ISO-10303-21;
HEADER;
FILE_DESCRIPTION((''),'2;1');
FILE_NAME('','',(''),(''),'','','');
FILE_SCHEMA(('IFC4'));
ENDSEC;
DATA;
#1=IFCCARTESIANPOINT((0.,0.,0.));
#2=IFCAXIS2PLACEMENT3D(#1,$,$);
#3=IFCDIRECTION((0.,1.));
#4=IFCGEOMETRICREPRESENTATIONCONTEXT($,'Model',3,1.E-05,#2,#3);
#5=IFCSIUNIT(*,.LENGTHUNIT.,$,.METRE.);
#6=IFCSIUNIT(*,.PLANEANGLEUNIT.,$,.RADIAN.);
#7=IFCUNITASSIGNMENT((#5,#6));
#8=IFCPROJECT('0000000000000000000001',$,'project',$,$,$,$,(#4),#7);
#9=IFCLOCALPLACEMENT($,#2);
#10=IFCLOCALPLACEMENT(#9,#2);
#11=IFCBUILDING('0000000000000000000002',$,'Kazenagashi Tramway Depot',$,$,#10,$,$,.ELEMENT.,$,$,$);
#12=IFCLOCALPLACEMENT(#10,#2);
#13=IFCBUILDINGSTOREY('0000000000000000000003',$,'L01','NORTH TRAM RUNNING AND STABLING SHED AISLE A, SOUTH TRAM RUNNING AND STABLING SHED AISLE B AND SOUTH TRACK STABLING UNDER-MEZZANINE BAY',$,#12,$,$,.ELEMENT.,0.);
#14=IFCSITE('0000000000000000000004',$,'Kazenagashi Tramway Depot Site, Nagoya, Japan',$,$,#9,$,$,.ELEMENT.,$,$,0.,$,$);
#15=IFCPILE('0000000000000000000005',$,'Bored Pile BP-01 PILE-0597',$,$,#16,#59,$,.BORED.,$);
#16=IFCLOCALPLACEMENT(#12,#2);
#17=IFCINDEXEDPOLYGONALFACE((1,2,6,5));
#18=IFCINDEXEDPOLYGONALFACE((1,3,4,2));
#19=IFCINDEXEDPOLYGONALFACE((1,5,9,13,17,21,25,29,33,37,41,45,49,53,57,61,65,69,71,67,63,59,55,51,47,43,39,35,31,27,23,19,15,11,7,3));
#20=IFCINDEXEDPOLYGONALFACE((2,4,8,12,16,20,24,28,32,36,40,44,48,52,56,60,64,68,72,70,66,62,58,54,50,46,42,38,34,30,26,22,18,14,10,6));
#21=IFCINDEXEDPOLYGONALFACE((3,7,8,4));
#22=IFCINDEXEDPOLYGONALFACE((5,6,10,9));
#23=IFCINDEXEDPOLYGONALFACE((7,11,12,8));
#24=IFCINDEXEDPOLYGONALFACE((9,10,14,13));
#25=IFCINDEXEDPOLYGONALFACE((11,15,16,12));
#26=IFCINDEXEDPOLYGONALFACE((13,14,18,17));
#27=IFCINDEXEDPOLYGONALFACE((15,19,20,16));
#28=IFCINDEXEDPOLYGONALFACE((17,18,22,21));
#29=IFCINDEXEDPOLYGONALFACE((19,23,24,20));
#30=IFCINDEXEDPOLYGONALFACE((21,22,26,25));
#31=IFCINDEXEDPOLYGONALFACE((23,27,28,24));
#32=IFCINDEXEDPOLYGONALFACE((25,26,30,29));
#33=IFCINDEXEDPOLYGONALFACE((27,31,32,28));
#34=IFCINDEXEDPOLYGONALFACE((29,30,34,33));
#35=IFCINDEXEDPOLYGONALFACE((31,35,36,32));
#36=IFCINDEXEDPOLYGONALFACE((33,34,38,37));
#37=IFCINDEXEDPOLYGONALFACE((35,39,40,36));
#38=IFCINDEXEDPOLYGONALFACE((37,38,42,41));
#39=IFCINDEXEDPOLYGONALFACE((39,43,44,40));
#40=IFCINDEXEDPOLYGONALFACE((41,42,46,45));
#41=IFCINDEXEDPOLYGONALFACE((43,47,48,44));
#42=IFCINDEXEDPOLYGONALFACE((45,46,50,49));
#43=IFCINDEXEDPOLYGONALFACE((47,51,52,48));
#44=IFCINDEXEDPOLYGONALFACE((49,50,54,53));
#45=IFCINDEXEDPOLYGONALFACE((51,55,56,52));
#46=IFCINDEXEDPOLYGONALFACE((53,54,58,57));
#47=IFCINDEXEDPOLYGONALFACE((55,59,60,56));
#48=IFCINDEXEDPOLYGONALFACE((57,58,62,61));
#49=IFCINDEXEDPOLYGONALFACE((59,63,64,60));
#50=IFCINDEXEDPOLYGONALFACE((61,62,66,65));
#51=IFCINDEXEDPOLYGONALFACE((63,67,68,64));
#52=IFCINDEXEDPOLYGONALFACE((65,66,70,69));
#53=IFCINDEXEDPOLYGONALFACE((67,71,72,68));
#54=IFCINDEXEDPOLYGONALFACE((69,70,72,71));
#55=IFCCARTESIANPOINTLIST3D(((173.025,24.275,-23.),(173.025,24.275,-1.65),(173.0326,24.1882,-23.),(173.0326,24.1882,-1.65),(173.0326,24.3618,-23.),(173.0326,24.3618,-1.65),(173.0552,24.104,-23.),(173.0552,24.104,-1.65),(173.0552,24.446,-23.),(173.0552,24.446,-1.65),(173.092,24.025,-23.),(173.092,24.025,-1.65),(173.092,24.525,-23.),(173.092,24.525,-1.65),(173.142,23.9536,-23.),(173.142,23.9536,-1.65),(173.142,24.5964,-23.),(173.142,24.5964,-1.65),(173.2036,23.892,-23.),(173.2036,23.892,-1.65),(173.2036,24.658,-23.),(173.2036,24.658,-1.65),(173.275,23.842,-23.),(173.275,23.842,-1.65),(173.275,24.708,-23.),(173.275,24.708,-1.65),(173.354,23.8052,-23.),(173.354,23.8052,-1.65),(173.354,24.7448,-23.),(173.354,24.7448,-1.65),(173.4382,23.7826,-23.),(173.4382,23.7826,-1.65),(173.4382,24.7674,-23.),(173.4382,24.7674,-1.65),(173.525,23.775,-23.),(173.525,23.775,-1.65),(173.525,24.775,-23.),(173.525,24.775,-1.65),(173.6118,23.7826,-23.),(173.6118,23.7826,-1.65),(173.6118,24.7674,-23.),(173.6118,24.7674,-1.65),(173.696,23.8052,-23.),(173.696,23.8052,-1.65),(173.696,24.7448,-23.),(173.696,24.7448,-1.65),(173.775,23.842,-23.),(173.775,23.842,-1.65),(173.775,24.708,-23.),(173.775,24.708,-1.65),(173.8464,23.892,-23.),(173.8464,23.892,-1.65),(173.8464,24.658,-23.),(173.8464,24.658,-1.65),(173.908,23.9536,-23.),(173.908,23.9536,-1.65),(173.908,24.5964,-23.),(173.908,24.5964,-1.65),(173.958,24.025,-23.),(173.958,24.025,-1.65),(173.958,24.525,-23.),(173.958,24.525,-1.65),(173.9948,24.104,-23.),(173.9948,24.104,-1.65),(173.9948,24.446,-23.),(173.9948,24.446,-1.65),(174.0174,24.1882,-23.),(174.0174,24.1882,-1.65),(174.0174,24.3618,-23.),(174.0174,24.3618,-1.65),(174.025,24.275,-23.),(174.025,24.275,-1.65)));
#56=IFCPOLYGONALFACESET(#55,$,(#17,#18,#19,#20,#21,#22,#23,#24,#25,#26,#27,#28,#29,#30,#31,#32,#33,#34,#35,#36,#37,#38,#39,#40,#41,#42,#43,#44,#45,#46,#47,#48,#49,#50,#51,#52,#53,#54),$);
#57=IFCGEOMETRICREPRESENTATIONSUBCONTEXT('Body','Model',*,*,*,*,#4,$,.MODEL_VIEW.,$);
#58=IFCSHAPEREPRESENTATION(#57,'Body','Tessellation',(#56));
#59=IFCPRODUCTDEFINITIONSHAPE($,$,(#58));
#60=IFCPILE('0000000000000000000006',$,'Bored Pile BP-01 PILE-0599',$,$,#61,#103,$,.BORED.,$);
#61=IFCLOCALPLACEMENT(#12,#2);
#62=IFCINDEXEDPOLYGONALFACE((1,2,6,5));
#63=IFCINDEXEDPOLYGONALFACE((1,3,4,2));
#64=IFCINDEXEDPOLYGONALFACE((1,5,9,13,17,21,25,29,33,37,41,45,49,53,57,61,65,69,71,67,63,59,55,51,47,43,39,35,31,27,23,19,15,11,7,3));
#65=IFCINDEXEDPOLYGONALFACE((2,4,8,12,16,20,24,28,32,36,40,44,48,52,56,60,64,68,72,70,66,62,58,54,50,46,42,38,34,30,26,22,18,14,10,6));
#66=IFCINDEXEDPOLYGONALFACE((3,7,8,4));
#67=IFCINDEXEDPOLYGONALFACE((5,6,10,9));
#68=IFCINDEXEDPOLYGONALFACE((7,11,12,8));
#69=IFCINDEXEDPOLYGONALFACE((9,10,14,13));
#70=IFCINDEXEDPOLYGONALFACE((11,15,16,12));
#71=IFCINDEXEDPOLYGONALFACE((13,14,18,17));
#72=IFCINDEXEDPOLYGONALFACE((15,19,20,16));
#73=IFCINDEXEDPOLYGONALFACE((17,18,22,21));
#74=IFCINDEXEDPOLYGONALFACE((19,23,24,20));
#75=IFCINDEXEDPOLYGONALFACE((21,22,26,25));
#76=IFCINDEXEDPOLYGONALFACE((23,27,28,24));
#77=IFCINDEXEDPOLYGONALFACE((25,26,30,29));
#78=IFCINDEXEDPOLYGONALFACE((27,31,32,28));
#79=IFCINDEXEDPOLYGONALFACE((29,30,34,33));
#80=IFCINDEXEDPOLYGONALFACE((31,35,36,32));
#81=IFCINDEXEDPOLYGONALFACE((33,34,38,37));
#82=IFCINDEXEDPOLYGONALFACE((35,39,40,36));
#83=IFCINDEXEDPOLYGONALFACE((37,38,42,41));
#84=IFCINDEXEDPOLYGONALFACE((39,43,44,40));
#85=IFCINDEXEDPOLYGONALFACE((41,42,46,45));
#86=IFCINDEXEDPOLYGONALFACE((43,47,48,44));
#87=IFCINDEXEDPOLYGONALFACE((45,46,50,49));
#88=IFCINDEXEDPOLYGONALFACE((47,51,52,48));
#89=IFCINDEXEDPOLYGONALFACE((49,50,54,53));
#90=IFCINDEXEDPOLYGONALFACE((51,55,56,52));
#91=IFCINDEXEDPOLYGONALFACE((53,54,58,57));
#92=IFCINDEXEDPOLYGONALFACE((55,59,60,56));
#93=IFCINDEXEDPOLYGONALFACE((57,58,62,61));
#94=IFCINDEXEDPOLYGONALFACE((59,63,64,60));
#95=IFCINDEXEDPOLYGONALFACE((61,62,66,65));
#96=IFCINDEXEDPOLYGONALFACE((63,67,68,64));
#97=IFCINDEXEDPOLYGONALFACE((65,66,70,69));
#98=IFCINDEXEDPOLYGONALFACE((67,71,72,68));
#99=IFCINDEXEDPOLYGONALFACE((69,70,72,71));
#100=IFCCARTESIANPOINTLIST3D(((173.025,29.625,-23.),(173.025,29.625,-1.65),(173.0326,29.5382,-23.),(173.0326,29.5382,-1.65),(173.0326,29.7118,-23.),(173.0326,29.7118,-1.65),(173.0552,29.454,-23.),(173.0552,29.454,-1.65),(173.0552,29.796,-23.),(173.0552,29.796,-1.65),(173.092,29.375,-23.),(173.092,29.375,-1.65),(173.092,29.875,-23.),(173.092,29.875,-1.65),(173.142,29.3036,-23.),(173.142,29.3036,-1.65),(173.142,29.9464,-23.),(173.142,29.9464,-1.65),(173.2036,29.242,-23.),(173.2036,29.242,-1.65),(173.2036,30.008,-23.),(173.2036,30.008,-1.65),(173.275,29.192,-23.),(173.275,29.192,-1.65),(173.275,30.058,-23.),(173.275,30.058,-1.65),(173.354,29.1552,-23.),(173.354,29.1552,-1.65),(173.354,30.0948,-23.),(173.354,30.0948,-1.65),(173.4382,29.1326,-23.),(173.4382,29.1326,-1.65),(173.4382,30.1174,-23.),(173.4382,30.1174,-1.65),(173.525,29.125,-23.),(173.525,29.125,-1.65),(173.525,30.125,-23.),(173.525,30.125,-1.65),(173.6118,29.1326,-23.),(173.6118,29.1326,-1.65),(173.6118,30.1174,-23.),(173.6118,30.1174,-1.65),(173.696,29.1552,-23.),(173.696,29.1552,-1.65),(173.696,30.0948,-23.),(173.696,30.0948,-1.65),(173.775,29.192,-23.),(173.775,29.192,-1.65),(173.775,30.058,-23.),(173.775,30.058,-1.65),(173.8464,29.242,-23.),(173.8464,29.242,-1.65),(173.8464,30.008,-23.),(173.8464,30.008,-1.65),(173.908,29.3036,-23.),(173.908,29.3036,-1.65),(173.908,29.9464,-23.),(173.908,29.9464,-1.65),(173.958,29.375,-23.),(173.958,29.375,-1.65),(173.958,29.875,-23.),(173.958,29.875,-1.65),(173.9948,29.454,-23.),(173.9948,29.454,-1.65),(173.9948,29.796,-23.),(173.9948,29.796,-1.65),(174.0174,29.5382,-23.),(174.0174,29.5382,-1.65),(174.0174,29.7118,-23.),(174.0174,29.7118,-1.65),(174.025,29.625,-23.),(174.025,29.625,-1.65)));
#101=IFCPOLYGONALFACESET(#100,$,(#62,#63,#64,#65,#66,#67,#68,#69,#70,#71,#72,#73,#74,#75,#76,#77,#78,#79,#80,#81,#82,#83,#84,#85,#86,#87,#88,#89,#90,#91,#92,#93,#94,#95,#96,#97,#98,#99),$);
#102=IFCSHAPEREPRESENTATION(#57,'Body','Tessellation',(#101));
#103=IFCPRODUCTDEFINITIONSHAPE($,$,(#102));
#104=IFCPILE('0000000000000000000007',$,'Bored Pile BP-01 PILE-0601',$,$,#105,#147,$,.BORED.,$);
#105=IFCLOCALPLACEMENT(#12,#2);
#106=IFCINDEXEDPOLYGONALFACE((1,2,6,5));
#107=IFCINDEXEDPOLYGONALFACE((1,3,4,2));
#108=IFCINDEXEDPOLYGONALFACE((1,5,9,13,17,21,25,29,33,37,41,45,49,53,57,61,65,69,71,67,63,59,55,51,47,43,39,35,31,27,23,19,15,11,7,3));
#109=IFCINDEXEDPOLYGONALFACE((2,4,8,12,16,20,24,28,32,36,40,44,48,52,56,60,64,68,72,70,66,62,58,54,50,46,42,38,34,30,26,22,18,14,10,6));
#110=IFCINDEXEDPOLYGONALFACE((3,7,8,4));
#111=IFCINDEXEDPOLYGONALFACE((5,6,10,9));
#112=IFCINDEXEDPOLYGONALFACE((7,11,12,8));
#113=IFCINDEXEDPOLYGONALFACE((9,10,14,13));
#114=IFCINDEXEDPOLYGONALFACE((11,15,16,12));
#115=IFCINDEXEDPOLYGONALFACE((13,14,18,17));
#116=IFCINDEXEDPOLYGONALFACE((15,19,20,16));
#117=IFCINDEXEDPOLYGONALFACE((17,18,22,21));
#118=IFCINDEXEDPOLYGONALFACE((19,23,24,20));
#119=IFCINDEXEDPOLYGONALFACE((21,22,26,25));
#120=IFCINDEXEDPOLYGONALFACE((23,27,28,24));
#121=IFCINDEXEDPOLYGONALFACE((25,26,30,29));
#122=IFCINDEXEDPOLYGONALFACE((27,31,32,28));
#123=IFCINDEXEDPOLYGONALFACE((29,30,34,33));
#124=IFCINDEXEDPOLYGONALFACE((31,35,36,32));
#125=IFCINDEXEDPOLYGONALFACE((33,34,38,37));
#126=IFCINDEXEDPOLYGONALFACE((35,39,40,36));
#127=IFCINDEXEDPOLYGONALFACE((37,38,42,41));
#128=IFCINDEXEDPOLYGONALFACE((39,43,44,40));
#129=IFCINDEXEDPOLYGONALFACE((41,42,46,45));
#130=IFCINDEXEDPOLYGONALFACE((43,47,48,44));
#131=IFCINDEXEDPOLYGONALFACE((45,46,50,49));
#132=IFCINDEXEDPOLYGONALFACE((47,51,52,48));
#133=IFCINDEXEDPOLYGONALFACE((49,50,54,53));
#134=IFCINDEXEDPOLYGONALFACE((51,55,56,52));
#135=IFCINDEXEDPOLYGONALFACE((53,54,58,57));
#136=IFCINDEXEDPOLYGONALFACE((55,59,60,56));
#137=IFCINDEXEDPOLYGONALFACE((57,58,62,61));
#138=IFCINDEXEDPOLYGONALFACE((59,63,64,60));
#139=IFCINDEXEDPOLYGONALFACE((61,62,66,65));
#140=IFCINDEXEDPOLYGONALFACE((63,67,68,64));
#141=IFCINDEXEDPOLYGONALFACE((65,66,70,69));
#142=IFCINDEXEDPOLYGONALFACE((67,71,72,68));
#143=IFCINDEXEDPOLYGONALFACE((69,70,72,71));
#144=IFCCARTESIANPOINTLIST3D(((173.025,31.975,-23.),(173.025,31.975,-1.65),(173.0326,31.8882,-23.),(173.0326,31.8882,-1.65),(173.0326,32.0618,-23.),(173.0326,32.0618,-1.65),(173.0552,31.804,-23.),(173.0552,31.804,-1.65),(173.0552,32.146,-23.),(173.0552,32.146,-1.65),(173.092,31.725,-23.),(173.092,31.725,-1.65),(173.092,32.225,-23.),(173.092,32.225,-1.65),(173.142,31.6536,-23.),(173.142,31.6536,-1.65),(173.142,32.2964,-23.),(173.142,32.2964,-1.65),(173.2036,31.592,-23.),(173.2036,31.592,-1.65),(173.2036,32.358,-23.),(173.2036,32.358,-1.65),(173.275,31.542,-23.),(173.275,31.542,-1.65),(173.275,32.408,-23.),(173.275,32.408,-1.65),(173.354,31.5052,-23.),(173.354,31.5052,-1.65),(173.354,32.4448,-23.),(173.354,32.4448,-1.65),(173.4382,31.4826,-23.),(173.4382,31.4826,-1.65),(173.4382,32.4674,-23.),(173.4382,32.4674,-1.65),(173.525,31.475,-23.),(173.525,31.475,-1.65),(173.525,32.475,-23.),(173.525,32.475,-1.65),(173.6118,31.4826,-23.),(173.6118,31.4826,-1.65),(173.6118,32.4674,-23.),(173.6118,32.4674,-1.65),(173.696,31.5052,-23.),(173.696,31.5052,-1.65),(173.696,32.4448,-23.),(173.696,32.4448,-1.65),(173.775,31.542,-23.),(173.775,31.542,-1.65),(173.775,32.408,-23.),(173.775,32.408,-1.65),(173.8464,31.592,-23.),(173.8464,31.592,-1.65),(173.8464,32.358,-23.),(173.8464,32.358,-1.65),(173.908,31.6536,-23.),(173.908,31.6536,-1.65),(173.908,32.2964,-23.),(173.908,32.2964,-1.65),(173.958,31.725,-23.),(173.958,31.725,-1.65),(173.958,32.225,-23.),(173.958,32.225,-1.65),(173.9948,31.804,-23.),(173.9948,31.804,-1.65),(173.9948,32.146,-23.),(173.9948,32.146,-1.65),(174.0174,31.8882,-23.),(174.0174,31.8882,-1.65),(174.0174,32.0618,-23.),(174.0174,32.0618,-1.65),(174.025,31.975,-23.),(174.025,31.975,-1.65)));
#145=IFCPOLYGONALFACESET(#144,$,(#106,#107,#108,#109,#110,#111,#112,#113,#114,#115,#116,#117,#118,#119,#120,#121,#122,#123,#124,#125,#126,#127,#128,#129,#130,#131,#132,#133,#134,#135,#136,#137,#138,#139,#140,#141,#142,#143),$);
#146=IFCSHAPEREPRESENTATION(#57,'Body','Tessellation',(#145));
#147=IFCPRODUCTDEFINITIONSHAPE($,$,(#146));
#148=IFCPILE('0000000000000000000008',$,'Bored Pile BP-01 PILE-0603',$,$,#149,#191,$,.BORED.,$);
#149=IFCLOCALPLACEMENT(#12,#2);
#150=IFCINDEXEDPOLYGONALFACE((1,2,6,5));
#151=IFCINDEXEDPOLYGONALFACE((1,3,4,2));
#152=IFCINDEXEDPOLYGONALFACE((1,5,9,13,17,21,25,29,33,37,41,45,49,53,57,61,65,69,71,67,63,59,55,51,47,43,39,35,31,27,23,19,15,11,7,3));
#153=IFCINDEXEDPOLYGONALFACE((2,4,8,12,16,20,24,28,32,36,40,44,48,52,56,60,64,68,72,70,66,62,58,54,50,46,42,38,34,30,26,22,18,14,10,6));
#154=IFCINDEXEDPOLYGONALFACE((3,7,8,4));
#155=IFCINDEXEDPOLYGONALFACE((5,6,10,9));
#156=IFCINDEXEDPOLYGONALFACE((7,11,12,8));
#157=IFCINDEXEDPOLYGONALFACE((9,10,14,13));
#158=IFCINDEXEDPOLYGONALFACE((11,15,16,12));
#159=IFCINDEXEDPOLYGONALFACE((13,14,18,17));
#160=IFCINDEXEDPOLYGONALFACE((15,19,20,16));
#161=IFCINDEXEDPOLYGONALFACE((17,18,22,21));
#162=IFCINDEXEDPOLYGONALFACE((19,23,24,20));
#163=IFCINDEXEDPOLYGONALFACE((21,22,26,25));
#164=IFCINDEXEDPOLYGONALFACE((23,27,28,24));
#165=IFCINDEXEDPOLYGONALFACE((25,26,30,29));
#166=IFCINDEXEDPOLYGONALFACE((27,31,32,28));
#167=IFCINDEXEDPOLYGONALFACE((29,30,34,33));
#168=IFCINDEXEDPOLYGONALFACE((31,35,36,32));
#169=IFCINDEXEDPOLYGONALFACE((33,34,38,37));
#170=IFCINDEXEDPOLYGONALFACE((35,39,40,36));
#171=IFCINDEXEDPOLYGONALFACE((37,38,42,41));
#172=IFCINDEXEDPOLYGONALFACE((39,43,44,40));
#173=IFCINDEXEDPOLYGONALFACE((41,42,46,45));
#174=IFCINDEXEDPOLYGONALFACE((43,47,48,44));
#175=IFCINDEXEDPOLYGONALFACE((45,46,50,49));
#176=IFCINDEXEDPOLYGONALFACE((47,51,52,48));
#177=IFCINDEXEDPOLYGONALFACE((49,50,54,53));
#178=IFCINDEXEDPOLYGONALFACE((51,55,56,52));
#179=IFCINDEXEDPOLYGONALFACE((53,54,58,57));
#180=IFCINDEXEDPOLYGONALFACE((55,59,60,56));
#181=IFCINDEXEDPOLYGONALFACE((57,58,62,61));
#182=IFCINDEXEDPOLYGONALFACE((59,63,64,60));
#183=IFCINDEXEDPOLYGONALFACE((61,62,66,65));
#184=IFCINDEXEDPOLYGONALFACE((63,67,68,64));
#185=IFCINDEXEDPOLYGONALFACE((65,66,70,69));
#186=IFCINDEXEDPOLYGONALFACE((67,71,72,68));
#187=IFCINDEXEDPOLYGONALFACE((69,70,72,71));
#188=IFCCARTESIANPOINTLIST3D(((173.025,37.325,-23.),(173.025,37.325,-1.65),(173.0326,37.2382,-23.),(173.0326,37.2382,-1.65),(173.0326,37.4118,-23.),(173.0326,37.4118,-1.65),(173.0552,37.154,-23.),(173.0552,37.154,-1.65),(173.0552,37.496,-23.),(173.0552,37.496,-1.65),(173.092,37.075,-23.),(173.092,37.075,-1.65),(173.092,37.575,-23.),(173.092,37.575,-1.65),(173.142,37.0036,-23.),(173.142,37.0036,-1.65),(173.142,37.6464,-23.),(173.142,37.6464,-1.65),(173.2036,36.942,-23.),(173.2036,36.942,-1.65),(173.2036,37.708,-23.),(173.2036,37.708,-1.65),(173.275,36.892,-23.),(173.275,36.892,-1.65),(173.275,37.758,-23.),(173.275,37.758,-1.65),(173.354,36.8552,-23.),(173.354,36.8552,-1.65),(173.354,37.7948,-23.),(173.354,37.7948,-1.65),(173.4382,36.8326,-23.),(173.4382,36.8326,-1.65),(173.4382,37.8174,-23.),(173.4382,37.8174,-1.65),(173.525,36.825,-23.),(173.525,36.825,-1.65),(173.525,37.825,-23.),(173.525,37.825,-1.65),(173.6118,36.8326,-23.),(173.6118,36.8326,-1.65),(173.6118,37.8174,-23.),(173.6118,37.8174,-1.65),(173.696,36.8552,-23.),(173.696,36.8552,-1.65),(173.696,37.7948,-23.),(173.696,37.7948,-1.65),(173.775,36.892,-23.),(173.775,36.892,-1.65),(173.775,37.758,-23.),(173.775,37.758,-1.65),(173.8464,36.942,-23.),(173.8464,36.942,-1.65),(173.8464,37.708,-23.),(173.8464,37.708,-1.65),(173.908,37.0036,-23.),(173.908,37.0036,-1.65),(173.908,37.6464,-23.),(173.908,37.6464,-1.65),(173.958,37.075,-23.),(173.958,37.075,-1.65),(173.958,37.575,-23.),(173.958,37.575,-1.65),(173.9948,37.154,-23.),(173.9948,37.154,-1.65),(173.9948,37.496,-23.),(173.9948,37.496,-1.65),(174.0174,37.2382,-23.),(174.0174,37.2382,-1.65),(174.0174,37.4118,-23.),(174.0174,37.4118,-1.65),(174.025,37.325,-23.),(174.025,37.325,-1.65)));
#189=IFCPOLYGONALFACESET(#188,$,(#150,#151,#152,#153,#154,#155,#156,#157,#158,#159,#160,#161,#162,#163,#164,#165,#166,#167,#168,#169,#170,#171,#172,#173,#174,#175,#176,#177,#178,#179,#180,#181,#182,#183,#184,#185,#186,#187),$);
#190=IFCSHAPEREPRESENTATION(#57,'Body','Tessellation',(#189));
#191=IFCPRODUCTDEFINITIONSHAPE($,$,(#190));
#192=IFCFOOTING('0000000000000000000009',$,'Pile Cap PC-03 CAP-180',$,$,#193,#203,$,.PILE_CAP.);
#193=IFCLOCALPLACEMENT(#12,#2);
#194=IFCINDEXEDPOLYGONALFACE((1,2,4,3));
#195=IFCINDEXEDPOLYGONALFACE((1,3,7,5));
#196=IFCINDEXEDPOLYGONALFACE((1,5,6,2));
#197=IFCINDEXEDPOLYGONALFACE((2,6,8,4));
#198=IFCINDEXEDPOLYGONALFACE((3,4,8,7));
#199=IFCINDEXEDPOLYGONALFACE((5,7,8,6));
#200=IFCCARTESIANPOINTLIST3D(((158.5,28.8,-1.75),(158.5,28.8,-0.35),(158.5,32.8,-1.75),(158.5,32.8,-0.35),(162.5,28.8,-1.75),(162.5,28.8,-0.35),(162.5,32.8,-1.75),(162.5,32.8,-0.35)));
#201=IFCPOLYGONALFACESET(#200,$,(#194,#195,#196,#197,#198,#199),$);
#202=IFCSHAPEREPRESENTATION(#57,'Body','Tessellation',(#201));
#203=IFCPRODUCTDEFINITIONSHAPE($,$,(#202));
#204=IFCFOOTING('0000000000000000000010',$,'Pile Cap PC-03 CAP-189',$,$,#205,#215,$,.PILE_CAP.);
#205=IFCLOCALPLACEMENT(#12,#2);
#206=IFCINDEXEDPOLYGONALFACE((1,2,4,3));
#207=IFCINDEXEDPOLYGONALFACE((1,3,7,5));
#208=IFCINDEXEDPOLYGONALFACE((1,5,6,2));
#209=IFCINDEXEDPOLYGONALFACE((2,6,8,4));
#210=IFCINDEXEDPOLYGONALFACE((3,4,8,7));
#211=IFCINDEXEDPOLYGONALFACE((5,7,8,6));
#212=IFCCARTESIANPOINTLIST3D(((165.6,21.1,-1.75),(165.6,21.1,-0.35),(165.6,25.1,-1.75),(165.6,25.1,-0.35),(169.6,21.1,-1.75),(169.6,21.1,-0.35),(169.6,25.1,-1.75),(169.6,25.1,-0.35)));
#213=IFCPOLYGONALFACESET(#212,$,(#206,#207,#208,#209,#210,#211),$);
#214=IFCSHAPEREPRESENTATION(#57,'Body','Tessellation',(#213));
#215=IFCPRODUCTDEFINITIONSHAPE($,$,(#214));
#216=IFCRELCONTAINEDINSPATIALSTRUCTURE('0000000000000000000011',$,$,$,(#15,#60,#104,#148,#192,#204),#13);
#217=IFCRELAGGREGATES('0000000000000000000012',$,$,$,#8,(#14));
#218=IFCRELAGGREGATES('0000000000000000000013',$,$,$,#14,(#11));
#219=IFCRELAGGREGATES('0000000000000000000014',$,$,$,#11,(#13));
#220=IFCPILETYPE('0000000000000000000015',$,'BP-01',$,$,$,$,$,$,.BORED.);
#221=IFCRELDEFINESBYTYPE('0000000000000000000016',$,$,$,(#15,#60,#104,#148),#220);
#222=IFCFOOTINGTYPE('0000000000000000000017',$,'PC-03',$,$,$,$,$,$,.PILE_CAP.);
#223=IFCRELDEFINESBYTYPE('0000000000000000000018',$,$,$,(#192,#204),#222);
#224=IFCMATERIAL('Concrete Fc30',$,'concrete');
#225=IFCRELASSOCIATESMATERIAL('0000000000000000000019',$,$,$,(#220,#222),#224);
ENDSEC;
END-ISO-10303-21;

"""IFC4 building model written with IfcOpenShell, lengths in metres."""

from ifc_helpers import new_model, si_unit, direction, frame, origin, origin_2d, place, context, subcontext, project, spatial, rectangle, circle, extrude, material, material_profile, profile_set, type_object, element, save


model = new_model("IFC4")

# Units and contexts
model_context = context("Model", 3, precision=1e-05, world=origin(), true_north=direction((0.0, 1.0)))
body_context = subcontext(model_context, "Body", "Model", "MODEL_VIEW")
ifc_project = project(units=[si_unit("LENGTHUNIT", "METRE"), si_unit("PLANEANGLEUNIT", "RADIAN")], contexts=[model_context])

# Site, building, storey
site_placement = place(None, origin())
site = spatial("IfcSite", under=ifc_project, at=site_placement, Name="Kazenagashi Tramway Depot Site, Nagoya, Japan", CompositionType="ELEMENT", RefElevation=0.0)
building_placement = place(site_placement, origin())
building = spatial("IfcBuilding", under=site, at=building_placement, Name="Kazenagashi Tramway Depot", CompositionType="ELEMENT")
storey_placement = place(building_placement, origin())
storey = spatial("IfcBuildingStorey", under=building, at=storey_placement, Name="L01", Description="NORTH TRAM RUNNING AND STABLING SHED AISLE A, SOUTH TRAM RUNNING AND STABLING SHED AISLE B AND SOUTH TRACK STABLING UNDER-MEZZANINE BAY", CompositionType="ELEMENT", Elevation=0.0)

# Piles
ifc_material_1 = material(Name="Concrete Fc30", Category="concrete")
ifc_material_profile_1 = material_profile(ifc_material_1, circle(Radius=0.5, at=origin_2d()), Name="PILE-1000")
ifc_profile_set_1 = profile_set([ifc_material_profile_1], Name="Concrete Fc30")
pile_type = type_object("IfcPileType", Name="BP-01", PredefinedType="BORED", material=ifc_profile_set_1)
for number, where, z_axis, x_axis, name in (
    (1, (173.525, 24.275, -1.65), (0.0, 0.0, -1.0), (1.0, 0.0, 0.0), "Bored Pile BP-01 PILE-0597"),
    (2, (173.525, 29.625, -1.65), (0.0, 0.0, -1.0), (1.0, 0.0, 0.0), "Bored Pile BP-01 PILE-0599"),
    (3, (173.525, 31.975, -1.65), (0.0, 0.0, -1.0), (1.0, 0.0, 0.0), "Bored Pile BP-01 PILE-0601"),
    (4, (173.525, 37.325, -1.65), (0.0, 0.0, -1.0), (1.0, 0.0, 0.0), "Bored Pile BP-01 PILE-0603"),
):
    element("IfcPile", number, at=place(storey_placement, frame(where, z_axis=z_axis, x_axis=x_axis)), inside=storey, type_object=pile_type, Name=name, PredefinedType="BORED", context=body_context, shape_type="SweptSolid", body=[
        extrude(circle(Radius=0.5, at=origin_2d()), origin(), (0.0, 0.0, 1.0), 21.35),
    ])

# Footings
footing_type_1 = type_object("IfcFootingType", Name="PC-03", PredefinedType="PILE_CAP", material=ifc_material_1)
for number, where, z_axis, x_axis, name in (
    (5, (160.5, 30.8, -1.75), (0.0, 0.0, 1.0), (1.0, 0.0, 0.0), "Pile Cap PC-03 CAP-180"),
    (6, (167.6, 23.1, -1.75), (0.0, 0.0, 1.0), (1.0, 0.0, 0.0), "Pile Cap PC-03 CAP-189"),
):
    element("IfcFooting", number, at=place(storey_placement, frame(where, z_axis=z_axis, x_axis=x_axis)), inside=storey, type_object=footing_type_1, Name=name, PredefinedType="PILE_CAP", context=body_context, shape_type="SweptSolid", body=[
        extrude(rectangle(XDim=4.0, YDim=4.0, at=origin_2d()), origin(), (0.0, 0.0, 1.0), 1.4),
    ])

save(model, "model.ifc")
